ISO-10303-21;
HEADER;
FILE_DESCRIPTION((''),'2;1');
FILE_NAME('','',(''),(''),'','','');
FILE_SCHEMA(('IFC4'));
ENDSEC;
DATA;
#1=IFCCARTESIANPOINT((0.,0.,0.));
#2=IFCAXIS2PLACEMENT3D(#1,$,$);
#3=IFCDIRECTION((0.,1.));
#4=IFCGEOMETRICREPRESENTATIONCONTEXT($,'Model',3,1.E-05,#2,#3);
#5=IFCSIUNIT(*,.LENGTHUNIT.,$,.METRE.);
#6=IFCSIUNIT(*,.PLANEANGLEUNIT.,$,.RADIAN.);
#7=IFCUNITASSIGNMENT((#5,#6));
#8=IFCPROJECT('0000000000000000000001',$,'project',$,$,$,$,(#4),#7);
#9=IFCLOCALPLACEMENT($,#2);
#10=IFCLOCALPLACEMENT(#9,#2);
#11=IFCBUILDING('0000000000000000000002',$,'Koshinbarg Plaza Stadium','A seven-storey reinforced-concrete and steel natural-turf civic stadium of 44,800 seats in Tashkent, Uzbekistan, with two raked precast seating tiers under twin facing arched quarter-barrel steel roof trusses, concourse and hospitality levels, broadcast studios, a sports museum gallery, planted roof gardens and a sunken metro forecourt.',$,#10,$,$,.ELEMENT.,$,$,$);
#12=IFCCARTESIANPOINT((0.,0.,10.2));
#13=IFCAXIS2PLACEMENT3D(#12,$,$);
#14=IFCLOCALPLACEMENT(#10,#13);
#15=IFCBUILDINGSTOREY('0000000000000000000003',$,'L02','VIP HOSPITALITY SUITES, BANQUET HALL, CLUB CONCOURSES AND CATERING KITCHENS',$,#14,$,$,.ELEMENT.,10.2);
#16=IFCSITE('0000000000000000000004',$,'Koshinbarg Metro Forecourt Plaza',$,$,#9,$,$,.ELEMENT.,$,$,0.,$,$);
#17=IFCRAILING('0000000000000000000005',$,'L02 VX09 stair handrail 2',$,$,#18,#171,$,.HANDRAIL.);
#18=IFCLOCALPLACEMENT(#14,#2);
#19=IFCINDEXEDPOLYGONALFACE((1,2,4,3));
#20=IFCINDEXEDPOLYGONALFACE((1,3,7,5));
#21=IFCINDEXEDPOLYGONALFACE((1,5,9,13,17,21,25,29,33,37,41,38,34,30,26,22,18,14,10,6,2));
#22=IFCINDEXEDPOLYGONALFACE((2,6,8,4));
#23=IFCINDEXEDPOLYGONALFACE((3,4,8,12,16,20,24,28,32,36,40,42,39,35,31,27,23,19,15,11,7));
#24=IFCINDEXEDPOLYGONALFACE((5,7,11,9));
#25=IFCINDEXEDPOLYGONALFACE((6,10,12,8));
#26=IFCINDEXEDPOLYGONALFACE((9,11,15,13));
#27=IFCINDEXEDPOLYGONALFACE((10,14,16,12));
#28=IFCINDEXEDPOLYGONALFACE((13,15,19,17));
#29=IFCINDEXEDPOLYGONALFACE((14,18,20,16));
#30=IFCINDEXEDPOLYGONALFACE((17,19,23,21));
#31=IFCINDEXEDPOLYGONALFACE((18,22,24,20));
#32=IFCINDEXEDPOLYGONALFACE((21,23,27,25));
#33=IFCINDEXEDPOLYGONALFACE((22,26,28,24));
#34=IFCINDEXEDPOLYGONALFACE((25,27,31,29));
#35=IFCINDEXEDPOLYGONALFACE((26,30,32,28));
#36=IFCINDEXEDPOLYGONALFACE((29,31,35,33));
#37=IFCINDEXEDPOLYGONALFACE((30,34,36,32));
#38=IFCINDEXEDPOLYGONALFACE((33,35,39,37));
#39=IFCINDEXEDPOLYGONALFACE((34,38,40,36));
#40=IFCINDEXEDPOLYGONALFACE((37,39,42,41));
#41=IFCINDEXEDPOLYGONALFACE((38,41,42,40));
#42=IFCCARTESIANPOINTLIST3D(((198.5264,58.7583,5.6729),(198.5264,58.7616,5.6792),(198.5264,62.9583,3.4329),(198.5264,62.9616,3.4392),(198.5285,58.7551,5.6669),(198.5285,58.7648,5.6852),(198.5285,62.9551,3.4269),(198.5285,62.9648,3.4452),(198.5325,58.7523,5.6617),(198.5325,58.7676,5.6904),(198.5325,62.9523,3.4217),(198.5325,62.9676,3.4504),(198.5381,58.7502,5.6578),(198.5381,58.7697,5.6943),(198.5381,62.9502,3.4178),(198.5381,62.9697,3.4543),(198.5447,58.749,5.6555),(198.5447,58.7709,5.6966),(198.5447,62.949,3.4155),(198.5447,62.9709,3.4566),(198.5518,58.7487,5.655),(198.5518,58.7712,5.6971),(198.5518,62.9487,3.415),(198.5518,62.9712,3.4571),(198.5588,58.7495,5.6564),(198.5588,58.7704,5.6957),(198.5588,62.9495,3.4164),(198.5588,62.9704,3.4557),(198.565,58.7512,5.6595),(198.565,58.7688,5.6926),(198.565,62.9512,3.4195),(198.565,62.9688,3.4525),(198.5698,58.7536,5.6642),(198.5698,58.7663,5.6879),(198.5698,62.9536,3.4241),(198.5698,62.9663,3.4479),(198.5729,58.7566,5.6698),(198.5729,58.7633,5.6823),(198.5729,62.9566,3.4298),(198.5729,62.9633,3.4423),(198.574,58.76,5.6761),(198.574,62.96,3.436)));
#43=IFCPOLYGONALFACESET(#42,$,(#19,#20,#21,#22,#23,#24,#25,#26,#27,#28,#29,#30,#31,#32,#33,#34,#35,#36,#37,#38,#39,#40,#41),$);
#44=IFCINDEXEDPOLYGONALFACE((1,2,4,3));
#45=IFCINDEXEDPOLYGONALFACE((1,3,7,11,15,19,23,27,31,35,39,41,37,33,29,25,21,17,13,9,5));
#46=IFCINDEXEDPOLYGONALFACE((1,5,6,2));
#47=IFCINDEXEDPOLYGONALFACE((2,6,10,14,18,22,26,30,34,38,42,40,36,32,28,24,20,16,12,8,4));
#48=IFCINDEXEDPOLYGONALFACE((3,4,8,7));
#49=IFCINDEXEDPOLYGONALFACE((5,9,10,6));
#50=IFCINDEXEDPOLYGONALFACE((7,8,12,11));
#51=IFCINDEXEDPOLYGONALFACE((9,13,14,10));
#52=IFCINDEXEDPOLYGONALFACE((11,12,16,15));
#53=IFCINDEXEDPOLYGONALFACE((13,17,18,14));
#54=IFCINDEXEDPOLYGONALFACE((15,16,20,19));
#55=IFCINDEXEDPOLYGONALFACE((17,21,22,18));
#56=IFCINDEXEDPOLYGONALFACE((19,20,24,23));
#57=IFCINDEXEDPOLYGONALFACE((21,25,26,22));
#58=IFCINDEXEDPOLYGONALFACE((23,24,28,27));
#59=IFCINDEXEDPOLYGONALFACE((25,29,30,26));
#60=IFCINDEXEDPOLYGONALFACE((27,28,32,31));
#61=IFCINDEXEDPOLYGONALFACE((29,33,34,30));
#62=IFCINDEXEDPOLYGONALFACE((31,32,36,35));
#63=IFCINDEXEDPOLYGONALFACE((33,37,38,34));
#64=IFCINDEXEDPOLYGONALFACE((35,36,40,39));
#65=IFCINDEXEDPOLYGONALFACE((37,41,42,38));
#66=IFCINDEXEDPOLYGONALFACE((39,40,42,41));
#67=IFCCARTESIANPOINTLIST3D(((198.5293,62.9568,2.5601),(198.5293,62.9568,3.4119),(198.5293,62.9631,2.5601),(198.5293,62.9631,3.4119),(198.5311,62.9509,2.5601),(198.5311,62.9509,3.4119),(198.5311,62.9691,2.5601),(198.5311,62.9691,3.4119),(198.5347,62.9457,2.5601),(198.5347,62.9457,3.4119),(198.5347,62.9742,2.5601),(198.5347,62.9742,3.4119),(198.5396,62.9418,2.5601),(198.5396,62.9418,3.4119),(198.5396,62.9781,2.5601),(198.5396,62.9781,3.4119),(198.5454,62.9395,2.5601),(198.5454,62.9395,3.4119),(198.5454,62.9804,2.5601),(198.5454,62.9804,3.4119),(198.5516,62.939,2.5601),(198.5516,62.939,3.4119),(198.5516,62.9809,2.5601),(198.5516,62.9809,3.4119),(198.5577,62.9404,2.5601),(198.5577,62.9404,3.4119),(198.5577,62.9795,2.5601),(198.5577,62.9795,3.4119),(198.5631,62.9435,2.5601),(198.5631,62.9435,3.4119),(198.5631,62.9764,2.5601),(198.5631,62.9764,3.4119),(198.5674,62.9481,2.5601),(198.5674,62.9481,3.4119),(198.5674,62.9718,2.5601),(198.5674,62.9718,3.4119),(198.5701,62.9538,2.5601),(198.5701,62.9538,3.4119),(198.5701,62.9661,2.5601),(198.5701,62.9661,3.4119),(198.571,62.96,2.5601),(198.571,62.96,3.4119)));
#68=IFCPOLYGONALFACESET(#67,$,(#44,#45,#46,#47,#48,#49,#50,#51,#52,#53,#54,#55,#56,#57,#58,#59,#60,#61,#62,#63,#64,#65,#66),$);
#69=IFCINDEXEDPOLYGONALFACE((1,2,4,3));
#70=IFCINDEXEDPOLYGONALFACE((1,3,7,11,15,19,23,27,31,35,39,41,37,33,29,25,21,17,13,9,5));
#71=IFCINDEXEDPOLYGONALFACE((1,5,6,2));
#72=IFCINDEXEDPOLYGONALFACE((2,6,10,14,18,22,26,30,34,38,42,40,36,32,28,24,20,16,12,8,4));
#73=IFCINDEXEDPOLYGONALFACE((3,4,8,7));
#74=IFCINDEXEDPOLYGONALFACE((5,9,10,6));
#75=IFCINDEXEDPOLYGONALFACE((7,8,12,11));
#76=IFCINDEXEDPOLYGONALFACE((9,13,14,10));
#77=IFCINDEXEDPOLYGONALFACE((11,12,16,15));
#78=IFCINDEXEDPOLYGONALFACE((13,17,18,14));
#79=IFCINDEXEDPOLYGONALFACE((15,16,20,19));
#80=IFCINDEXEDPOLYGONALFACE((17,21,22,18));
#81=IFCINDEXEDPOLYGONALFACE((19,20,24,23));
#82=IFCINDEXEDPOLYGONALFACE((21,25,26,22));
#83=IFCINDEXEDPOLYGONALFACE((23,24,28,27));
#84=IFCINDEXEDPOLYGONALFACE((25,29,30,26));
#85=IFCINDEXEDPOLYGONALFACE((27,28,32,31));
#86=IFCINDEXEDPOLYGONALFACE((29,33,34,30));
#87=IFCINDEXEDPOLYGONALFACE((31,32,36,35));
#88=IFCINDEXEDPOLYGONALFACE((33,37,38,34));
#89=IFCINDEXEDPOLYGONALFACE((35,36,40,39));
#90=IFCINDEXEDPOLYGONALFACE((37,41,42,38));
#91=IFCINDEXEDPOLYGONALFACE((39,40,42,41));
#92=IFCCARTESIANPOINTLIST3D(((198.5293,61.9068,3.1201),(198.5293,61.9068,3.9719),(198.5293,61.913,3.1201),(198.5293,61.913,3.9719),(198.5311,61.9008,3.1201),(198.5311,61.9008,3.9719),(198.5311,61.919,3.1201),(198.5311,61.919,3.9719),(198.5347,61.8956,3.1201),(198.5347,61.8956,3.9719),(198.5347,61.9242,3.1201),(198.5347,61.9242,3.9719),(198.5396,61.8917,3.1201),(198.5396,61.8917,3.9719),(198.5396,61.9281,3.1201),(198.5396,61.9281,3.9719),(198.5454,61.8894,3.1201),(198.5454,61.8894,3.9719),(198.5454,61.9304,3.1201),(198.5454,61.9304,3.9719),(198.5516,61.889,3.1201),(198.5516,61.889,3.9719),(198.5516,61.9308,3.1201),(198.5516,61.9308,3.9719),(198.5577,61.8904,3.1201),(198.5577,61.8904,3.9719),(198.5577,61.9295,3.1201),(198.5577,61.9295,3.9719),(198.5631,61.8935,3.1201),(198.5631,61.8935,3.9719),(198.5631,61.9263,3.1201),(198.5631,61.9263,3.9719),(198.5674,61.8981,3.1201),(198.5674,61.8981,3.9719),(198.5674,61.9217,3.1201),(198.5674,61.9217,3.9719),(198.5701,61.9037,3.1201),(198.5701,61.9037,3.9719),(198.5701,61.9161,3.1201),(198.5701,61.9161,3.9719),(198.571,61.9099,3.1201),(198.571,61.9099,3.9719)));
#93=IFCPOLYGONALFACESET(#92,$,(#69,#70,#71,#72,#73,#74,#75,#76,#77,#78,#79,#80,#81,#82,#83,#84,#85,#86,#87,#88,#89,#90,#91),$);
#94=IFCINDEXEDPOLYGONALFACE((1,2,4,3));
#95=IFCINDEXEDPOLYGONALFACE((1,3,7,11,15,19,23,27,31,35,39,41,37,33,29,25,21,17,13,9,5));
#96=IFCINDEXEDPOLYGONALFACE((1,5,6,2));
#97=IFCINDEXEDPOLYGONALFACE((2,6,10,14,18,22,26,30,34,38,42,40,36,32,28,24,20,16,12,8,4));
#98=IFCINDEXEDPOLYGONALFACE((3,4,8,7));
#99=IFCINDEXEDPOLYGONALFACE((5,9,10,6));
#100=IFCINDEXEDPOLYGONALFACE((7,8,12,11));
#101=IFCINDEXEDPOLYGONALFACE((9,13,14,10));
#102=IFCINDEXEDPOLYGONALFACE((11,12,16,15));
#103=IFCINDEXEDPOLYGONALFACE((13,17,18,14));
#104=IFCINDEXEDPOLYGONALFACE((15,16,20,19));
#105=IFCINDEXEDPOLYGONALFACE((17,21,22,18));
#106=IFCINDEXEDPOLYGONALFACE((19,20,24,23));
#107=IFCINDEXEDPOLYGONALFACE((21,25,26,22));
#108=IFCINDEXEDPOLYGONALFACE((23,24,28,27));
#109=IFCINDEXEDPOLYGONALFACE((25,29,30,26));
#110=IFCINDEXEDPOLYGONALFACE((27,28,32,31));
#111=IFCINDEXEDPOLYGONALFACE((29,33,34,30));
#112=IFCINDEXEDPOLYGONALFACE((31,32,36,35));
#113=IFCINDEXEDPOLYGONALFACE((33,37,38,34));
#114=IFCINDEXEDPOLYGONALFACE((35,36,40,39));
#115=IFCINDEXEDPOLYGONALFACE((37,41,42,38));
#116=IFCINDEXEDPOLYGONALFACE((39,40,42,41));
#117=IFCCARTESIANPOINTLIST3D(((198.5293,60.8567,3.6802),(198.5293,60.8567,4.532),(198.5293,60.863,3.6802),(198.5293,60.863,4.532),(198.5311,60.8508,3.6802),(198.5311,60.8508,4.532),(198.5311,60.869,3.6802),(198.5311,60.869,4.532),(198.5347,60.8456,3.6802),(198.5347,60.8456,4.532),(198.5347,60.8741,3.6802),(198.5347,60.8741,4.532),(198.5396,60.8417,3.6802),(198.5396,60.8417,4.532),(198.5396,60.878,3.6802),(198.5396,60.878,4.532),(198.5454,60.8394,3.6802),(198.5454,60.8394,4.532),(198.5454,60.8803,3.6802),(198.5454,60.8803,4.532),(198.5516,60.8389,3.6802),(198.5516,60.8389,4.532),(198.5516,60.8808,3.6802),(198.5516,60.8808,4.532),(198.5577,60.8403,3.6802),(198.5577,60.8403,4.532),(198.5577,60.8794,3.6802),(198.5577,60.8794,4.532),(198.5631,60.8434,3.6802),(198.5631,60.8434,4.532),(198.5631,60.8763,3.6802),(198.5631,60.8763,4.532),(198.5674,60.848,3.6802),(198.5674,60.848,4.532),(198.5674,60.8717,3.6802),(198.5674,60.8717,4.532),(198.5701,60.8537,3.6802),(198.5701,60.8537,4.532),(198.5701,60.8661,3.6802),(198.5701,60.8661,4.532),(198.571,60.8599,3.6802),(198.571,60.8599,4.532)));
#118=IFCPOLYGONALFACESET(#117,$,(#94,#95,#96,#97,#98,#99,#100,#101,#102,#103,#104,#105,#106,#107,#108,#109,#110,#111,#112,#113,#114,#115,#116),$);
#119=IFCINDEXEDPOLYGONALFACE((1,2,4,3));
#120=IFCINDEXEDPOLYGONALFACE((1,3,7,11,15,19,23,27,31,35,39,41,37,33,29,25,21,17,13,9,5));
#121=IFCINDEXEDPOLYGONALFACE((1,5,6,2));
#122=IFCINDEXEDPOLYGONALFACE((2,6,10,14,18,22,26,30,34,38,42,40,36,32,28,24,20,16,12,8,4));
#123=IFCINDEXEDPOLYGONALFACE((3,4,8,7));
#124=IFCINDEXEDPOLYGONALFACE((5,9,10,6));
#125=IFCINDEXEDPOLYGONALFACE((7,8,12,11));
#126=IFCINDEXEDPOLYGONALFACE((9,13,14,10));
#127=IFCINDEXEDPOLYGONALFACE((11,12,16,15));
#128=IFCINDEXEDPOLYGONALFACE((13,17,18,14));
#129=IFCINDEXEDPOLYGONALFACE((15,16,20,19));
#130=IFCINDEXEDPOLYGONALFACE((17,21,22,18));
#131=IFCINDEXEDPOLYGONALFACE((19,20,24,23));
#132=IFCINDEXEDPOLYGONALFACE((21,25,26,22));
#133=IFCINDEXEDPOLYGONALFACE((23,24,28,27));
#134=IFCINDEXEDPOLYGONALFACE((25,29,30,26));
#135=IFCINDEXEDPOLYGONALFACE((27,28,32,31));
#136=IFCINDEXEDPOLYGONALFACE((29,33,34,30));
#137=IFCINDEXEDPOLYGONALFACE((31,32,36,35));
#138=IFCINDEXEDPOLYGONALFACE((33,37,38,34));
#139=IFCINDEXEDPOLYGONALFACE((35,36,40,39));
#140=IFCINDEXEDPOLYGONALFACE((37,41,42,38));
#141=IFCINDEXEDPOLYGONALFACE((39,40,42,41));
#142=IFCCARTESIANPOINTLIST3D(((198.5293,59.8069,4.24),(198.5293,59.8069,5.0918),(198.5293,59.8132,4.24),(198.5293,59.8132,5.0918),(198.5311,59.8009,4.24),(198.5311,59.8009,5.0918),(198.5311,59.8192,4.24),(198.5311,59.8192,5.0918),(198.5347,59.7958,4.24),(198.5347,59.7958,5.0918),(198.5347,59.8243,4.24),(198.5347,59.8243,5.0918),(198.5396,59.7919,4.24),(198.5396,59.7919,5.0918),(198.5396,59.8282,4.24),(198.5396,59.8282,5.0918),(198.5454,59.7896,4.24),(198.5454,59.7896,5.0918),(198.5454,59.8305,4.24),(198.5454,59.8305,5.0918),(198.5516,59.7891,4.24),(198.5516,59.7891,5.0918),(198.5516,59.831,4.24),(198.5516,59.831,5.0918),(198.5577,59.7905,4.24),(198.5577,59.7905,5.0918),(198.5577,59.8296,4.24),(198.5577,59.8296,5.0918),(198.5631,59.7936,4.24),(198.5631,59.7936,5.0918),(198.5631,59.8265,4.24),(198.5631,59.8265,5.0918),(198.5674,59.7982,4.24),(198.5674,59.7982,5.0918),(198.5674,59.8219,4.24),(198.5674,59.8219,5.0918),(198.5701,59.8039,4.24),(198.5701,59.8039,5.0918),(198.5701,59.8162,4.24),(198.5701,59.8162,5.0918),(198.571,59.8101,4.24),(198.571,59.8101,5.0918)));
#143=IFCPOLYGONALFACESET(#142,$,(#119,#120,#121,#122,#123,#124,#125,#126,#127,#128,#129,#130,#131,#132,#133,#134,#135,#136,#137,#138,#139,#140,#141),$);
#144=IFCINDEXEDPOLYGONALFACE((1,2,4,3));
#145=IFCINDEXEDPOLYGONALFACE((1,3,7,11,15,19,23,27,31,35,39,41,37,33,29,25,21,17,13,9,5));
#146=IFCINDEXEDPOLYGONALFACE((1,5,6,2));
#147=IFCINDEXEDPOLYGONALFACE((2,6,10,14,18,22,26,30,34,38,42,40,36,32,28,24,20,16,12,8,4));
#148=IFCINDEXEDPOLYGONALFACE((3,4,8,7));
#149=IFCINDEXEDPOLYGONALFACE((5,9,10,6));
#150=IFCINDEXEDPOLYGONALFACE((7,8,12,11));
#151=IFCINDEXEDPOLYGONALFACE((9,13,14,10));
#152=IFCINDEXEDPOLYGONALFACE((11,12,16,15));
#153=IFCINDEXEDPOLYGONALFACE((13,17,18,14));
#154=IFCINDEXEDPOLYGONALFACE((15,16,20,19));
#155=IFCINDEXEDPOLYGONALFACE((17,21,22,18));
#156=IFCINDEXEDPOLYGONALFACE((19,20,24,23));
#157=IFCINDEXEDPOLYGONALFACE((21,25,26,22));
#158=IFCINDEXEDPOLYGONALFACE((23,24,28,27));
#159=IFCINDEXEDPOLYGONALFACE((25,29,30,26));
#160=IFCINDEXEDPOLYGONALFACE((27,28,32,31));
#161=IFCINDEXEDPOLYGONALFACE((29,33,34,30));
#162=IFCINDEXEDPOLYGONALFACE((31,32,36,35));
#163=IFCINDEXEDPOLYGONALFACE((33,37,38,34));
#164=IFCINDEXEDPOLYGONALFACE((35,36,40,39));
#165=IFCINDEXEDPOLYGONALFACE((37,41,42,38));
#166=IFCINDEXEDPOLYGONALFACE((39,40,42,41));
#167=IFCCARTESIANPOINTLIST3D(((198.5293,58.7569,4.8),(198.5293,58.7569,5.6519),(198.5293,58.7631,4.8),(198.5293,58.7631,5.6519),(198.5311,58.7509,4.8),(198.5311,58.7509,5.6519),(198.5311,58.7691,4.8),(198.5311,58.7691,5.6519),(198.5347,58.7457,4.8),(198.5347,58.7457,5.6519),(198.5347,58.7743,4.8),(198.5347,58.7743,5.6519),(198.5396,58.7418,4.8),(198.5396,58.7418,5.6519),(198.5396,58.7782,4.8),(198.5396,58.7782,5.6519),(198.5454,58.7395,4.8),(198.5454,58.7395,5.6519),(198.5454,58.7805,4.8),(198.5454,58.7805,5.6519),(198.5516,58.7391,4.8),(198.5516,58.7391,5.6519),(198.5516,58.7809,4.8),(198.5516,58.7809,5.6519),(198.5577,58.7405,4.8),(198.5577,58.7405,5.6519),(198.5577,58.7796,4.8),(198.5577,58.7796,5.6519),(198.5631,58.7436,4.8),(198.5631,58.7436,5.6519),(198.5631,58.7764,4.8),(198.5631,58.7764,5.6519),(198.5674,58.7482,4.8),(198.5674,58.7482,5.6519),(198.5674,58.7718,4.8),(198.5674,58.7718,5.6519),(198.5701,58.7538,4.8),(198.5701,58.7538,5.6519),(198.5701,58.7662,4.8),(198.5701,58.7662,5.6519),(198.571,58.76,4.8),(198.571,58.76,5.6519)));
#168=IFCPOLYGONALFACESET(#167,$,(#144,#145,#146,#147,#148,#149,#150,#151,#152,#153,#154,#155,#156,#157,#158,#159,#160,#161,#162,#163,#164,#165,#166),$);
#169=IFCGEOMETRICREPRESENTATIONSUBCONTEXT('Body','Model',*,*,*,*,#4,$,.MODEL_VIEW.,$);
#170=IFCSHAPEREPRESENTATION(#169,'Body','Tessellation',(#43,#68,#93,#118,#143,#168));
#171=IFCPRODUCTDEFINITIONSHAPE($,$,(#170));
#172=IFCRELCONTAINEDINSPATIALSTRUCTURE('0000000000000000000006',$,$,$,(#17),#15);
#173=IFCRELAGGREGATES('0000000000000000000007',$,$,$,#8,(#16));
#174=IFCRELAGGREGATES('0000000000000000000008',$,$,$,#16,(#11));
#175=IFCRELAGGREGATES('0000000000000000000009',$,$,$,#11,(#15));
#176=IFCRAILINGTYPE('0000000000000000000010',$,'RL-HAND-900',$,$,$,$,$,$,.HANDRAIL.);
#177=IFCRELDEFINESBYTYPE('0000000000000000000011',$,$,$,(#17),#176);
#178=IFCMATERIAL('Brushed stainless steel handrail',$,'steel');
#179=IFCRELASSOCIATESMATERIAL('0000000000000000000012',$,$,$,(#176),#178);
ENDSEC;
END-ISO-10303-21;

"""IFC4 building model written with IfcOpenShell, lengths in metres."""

from ifc_helpers import new_model, si_unit, direction, frame, origin, origin_2d, place, context, subcontext, project, spatial, circle, extrude, material, type_object, element, save


model = new_model("IFC4")

# Units and contexts
model_context = context("Model", 3, precision=1e-05, world=origin(), true_north=direction((0.0, 1.0)))
body_context = subcontext(model_context, "Body", "Model", "MODEL_VIEW")
ifc_project = project(units=[si_unit("LENGTHUNIT", "METRE"), si_unit("PLANEANGLEUNIT", "RADIAN")], contexts=[model_context])

# Site, building, storey
site_placement = place(None, origin())
site = spatial("IfcSite", under=ifc_project, at=site_placement, Name="Koshinbarg Metro Forecourt Plaza", CompositionType="ELEMENT", RefElevation=0.0)
building_placement = place(site_placement, origin())
building = spatial("IfcBuilding", under=site, at=building_placement, Name="Koshinbarg Plaza Stadium", Description="A seven-storey reinforced-concrete and steel natural-turf civic stadium of 44,800 seats in Tashkent, Uzbekistan, with two raked precast seating tiers under twin facing arched quarter-barrel steel roof trusses, concourse and hospitality levels, broadcast studios, a sports museum gallery, planted roof gardens and a sunken metro forecourt.", CompositionType="ELEMENT")
storey_placement = place(building_placement, frame((0.0, 0.0, 10.2)))
storey = spatial("IfcBuildingStorey", under=building, at=storey_placement, Name="L02", Description="VIP HOSPITALITY SUITES, BANQUET HALL, CLUB CONCOURSES AND CATERING KITCHENS", CompositionType="ELEMENT", Elevation=10.2)

# Railing
ifc_material_1 = material(Name="Brushed stainless steel handrail", Category="steel")
railing_type_1 = type_object("IfcRailingType", Name="RL-HAND-900", PredefinedType="HANDRAIL", material=ifc_material_1)
railing_1_placement = place(storey_placement, frame((198.55, 62.96, 2.5601)))
element("IfcRailing", 1, at=railing_1_placement, inside=storey, type_object=railing_type_1, Name="L02 VX09 stair handrail 2", PredefinedType="HANDRAIL", context=body_context, shape_type="SweptSolid", body=[
    extrude(circle(Radius=0.0239, at=origin_2d()), frame((0.0, 0.0, 0.876), z_axis=(0.0, -0.882352, 0.470591), x_axis=(1.0, 0.0, 0.0)), (0.0, 0.0, 1.0), 4.76),
    extrude(circle(Radius=0.021, at=origin_2d()), origin(), (0.0, 0.0, 1.0), 0.8518),
    extrude(circle(Radius=0.021, at=origin_2d()), frame((0.0, -1.05, 0.5601)), (0.0, 0.0, 1.0), 0.8518),
    extrude(circle(Radius=0.021, at=origin_2d()), frame((0.0, -2.1001, 1.1201)), (0.0, 0.0, 1.0), 0.8518),
    extrude(circle(Radius=0.021, at=origin_2d()), frame((0.0, -3.1499, 1.6799)), (0.0, 0.0, 1.0), 0.8518),
    extrude(circle(Radius=0.021, at=origin_2d()), frame((0.0, -4.2, 2.24)), (0.0, 0.0, 1.0), 0.8518),
])

save(model, "model.ifc")
